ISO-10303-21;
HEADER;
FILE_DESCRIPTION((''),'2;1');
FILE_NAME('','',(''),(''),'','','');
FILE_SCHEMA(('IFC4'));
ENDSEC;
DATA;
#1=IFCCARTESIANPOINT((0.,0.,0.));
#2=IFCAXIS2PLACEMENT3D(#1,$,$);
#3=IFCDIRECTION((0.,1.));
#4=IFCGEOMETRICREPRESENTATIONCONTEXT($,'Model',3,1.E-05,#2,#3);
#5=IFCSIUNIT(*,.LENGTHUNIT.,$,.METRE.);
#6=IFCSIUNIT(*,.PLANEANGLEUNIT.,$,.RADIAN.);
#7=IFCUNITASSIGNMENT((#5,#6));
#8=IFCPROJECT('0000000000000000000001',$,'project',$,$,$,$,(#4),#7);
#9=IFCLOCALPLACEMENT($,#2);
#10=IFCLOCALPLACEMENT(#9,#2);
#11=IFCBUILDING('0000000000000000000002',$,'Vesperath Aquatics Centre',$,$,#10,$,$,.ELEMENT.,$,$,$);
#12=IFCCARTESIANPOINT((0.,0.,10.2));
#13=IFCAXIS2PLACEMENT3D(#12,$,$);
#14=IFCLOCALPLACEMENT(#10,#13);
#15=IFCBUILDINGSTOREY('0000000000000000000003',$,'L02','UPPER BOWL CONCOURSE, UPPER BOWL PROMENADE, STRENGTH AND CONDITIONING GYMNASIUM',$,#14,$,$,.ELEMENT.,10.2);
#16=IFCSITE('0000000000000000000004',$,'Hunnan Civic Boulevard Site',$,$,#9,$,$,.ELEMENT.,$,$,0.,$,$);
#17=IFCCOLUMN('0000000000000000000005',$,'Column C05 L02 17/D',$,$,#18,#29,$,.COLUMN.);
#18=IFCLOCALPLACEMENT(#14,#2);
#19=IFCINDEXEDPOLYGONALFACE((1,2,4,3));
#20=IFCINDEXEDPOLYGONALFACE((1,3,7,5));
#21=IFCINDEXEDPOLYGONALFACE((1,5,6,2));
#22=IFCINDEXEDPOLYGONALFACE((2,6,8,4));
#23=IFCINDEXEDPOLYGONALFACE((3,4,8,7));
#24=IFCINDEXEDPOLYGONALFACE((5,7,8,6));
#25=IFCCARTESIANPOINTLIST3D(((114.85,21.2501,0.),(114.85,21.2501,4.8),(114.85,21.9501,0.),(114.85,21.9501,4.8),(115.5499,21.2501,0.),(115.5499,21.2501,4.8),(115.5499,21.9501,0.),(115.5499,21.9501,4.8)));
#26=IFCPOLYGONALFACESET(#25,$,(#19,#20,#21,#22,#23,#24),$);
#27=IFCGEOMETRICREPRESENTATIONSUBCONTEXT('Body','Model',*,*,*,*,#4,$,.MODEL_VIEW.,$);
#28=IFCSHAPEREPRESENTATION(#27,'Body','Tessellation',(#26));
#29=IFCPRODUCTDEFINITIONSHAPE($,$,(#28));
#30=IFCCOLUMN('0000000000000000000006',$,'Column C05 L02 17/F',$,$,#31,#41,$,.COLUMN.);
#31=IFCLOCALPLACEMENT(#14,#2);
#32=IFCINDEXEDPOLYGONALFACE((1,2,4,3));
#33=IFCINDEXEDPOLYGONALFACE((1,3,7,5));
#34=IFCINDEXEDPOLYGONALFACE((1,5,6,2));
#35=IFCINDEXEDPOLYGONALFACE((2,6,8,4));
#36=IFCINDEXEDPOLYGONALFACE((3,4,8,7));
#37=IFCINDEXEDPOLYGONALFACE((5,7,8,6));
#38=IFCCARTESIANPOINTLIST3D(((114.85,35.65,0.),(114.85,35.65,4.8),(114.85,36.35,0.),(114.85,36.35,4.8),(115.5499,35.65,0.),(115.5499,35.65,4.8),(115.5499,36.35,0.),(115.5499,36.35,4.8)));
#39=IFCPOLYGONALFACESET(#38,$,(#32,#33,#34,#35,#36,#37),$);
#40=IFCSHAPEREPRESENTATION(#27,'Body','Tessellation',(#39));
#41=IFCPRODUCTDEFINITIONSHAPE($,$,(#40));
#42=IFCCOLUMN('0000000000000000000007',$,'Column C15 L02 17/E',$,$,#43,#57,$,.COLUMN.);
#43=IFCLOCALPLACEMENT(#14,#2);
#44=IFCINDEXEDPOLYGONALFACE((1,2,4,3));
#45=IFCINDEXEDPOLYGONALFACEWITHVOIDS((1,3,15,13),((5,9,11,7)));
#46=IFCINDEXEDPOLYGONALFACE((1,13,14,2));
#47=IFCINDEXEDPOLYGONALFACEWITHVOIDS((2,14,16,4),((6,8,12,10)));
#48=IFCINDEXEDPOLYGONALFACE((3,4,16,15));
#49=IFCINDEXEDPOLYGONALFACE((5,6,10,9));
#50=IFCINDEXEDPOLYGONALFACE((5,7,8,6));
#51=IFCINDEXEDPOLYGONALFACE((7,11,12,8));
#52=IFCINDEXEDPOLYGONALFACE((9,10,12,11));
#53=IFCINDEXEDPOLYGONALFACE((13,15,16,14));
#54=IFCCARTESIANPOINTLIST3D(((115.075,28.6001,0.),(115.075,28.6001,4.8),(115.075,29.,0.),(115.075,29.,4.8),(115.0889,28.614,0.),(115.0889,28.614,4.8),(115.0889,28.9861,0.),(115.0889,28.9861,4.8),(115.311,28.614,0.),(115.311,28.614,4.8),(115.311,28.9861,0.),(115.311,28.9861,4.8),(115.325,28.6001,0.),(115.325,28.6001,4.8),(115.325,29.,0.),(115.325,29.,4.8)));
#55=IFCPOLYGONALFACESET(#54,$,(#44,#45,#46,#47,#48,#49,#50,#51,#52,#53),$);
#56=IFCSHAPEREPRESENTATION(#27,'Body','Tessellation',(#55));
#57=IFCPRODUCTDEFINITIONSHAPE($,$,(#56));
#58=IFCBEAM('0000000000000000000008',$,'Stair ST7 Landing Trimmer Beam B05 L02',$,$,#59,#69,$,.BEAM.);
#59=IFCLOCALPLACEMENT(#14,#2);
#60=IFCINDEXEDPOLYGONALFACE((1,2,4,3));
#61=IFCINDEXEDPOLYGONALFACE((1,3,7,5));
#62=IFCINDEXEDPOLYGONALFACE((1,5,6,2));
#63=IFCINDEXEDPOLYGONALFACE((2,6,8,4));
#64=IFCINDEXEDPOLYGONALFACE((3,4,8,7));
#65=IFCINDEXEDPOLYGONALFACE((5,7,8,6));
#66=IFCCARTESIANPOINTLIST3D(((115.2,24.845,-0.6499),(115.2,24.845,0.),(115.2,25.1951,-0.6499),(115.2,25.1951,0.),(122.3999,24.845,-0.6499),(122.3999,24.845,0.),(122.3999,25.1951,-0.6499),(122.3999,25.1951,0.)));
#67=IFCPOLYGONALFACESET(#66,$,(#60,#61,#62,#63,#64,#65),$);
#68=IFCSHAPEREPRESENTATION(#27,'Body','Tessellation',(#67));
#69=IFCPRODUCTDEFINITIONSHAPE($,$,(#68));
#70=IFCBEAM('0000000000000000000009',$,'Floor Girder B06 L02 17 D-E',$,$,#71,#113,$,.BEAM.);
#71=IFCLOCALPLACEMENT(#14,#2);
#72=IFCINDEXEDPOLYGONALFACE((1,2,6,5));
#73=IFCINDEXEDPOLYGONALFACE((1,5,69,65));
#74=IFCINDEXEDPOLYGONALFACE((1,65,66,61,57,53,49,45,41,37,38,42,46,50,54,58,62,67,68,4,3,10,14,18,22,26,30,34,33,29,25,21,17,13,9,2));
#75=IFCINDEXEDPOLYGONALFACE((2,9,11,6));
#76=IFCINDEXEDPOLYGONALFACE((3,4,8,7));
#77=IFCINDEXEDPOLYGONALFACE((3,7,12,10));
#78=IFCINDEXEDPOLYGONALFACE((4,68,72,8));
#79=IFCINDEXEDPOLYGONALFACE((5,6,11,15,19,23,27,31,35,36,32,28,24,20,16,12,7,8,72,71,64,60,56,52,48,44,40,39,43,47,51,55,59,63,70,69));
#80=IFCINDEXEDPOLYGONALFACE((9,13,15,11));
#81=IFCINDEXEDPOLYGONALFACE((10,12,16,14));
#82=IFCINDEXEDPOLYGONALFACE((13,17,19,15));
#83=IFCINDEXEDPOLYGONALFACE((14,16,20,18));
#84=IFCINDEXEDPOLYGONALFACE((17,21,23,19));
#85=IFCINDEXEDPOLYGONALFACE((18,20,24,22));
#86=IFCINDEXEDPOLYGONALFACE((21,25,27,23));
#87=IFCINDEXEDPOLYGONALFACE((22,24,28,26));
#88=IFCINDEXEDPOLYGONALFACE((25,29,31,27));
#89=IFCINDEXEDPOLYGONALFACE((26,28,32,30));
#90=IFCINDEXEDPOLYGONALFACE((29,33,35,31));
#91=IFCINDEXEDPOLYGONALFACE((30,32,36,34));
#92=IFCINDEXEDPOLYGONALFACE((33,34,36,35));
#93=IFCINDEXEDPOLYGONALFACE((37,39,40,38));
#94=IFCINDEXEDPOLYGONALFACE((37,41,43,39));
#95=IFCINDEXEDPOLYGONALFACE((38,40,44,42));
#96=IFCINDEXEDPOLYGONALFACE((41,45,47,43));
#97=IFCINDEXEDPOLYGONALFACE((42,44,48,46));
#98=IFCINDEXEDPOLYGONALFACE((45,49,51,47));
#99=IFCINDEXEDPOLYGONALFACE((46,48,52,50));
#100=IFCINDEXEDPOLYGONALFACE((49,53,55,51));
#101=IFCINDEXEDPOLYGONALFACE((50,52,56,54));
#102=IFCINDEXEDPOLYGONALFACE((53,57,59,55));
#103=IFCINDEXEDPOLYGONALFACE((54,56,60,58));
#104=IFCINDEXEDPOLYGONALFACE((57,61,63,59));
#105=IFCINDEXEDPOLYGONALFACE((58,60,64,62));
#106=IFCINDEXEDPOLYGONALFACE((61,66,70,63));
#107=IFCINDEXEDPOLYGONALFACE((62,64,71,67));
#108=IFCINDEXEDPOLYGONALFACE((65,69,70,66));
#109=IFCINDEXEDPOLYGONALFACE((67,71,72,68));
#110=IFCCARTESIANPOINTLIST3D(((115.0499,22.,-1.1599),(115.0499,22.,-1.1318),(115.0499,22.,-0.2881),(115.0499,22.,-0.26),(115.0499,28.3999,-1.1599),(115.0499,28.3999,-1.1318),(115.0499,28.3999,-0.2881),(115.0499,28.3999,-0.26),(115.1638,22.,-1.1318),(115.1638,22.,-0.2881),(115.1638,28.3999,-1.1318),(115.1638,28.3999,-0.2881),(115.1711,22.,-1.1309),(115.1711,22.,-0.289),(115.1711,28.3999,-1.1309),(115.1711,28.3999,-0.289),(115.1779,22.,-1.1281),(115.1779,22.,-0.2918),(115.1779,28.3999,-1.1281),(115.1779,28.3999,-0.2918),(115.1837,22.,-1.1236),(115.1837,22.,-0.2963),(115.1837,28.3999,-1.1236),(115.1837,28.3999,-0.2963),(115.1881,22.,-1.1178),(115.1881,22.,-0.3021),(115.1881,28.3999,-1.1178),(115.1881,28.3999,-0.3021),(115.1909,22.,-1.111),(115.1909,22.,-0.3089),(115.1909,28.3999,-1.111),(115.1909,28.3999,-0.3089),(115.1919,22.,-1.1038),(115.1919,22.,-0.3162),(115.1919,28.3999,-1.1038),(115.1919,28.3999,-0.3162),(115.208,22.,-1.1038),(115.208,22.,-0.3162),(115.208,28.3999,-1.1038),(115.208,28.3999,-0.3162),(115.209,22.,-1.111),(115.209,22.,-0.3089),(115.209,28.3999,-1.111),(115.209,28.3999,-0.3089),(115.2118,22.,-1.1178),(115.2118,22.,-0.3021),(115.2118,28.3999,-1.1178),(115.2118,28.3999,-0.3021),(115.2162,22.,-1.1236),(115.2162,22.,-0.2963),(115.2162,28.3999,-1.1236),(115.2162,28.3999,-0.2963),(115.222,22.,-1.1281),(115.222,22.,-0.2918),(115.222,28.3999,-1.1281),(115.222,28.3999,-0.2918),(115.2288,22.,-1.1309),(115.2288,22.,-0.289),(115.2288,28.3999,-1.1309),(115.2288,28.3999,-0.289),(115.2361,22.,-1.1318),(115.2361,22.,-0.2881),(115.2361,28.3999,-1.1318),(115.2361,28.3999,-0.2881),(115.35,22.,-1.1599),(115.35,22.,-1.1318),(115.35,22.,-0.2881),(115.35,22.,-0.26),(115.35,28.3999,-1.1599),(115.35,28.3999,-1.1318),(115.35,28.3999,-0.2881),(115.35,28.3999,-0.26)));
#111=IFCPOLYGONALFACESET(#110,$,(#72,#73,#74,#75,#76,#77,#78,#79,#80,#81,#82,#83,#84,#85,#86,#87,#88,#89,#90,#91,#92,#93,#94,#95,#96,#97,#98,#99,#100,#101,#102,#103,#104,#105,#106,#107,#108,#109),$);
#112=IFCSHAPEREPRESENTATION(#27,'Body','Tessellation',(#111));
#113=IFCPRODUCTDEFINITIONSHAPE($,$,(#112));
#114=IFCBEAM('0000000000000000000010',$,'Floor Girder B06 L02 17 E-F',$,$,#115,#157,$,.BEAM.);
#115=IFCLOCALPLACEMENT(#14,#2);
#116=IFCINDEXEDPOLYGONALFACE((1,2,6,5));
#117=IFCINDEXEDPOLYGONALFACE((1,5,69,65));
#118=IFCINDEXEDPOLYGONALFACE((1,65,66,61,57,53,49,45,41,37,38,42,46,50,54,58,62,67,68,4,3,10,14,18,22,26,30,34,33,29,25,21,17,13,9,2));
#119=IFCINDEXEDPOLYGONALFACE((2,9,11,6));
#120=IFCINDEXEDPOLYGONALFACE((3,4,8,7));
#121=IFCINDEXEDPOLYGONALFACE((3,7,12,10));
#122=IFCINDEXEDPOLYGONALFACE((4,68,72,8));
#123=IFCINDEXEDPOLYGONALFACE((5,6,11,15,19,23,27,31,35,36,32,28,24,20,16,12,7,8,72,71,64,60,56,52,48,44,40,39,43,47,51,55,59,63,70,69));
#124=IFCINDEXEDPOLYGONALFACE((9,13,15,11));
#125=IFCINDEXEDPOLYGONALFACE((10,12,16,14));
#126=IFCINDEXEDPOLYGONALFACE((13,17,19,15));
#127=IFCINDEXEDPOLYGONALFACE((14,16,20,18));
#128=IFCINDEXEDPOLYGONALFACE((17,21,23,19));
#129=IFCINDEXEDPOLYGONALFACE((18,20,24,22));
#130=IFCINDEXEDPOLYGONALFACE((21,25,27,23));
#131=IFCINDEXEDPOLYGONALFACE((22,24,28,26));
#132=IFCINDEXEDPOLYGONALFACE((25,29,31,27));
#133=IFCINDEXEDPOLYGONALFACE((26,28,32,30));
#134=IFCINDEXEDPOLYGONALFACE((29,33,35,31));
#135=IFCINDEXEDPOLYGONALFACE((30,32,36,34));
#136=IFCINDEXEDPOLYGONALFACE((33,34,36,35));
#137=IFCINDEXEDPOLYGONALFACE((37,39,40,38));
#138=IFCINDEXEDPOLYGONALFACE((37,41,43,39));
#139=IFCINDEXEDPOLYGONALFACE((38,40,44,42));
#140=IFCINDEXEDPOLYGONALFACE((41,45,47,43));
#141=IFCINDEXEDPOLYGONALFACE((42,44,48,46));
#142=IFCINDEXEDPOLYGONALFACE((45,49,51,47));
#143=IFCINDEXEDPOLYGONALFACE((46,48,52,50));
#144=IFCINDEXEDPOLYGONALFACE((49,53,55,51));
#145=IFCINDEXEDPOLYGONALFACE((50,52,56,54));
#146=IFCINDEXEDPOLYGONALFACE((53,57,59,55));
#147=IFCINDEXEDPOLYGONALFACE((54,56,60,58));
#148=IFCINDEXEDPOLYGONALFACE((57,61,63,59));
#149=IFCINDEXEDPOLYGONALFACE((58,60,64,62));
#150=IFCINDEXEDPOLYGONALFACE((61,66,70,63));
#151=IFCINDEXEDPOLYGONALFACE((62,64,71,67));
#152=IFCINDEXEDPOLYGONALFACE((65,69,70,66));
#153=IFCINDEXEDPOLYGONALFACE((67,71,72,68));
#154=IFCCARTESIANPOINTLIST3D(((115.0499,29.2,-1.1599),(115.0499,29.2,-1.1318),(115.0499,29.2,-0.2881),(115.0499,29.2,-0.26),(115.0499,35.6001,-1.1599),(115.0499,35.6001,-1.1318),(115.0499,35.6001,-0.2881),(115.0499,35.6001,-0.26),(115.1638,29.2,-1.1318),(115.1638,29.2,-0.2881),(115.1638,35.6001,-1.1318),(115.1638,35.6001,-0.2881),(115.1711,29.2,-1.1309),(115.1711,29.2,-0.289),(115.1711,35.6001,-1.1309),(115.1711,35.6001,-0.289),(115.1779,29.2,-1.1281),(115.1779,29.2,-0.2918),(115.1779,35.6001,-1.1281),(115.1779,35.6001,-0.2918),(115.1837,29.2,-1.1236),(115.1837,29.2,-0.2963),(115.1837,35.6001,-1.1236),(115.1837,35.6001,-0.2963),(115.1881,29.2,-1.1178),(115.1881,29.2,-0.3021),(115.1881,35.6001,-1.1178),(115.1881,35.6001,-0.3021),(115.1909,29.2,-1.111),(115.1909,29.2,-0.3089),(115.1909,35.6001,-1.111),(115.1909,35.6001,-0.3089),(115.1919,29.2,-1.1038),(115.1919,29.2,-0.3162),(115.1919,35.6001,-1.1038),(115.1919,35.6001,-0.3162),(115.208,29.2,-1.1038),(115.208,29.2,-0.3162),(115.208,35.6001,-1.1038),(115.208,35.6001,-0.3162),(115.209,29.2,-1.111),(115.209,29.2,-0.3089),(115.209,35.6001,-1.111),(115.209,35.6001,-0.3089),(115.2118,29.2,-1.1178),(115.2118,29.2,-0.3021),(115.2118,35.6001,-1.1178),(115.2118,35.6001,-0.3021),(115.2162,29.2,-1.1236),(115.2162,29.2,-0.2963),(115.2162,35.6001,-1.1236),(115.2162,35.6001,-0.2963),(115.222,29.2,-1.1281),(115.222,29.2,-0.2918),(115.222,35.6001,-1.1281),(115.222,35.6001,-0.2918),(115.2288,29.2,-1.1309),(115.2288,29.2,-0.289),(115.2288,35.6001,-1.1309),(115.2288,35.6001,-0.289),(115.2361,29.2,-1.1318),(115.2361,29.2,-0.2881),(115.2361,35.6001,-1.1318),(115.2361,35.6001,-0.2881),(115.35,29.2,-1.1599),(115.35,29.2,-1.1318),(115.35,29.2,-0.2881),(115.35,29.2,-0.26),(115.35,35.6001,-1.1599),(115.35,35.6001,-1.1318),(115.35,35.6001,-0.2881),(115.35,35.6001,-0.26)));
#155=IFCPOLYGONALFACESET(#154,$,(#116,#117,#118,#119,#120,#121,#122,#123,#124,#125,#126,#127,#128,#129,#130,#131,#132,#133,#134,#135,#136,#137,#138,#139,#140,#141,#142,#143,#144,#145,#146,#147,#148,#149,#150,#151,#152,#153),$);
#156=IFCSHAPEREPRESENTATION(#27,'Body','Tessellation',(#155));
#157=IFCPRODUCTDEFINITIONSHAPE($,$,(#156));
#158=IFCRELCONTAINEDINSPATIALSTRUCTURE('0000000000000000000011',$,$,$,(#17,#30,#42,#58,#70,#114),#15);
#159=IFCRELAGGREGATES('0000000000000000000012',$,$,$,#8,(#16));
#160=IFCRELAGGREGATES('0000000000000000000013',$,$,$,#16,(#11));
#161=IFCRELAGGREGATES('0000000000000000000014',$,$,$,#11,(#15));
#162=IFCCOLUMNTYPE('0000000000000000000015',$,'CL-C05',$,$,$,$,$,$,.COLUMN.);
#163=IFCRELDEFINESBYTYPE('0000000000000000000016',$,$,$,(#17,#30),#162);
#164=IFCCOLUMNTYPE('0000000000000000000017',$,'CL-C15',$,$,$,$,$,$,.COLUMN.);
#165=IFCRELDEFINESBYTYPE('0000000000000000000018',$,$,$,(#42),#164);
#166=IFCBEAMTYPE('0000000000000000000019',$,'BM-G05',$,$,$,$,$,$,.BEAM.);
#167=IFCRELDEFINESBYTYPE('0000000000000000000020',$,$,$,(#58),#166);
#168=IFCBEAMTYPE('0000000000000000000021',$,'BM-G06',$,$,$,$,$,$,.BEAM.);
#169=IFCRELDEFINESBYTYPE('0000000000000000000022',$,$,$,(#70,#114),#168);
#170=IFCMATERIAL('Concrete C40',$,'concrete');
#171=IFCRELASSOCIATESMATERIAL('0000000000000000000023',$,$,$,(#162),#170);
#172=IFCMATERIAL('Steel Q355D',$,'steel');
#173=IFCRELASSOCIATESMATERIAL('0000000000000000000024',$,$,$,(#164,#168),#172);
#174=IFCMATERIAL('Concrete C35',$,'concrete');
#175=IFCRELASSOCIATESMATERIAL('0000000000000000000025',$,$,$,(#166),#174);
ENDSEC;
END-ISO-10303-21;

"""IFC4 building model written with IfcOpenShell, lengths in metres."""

from ifc_helpers import new_model, si_unit, direction, frame, origin, origin_2d, place, context, subcontext, project, spatial, rectangle, hollow_rectangle, i_section, extrude, material, material_profile, profile_set, type_object, element, save


model = new_model("IFC4")

# Units and contexts
model_context = context("Model", 3, precision=1e-05, world=origin(), true_north=direction((0.0, 1.0)))
body_context = subcontext(model_context, "Body", "Model", "MODEL_VIEW")
ifc_project = project(units=[si_unit("LENGTHUNIT", "METRE"), si_unit("PLANEANGLEUNIT", "RADIAN")], contexts=[model_context])

# Site, building, storey
site_placement = place(None, origin())
site = spatial("IfcSite", under=ifc_project, at=site_placement, Name="Hunnan Civic Boulevard Site", CompositionType="ELEMENT", RefElevation=0.0)
building_placement = place(site_placement, origin())
building = spatial("IfcBuilding", under=site, at=building_placement, Name="Vesperath Aquatics Centre", CompositionType="ELEMENT")
storey_placement = place(building_placement, frame((0.0, 0.0, 10.2)))
storey = spatial("IfcBuildingStorey", under=building, at=storey_placement, Name="L02", Description="UPPER BOWL CONCOURSE, UPPER BOWL PROMENADE, STRENGTH AND CONDITIONING GYMNASIUM", CompositionType="ELEMENT", Elevation=10.2)

# Columns
ifc_material_1 = material(Name="Concrete C40", Category="concrete")
ifc_material_profile_1 = material_profile(ifc_material_1, rectangle(XDim=0.7, YDim=0.7, at=origin_2d()), Name="RC 700x700")
ifc_profile_set_1 = profile_set([ifc_material_profile_1], Name="Concrete C40")
column_type_1 = type_object("IfcColumnType", Name="CL-C05", PredefinedType="COLUMN", material=ifc_profile_set_1)
for number, where, z_axis, x_axis, name in (
    (1, (115.2, 21.6001, 0.0), (0.0, 0.0, 1.0), (1.0, 0.0, 0.0), "Column C05 L02 17/D"),
    (2, (115.2, 36.0, 0.0), (0.0, 0.0, 1.0), (1.0, 0.0, 0.0), "Column C05 L02 17/F"),
):
    element("IfcColumn", number, at=place(storey_placement, frame(where, z_axis=z_axis, x_axis=x_axis)), inside=storey, type_object=column_type_1, Name=name, PredefinedType="COLUMN", context=body_context, shape_type="SweptSolid", body=[
        extrude(rectangle(XDim=0.7, YDim=0.7, at=origin_2d()), origin(), (0.0, 0.0, 1.0), 4.8),
    ])
ifc_material_2 = material(Name="Steel Q355D", Category="steel")
ifc_material_profile_2 = material_profile(ifc_material_2, hollow_rectangle(XDim=0.25, YDim=0.3999, WallThickness=0.0139, at=origin_2d()), Name="RHS 400x250x14")
ifc_profile_set_2 = profile_set([ifc_material_profile_2], Name="Steel Q355D")
column_type_2 = type_object("IfcColumnType", Name="CL-C15", PredefinedType="COLUMN", material=ifc_profile_set_2)
column_placement = place(storey_placement, frame((115.2, 28.8, 0.0), z_axis=(0.0, 0.0, 1.0), x_axis=(1.0, 0.0, 0.0)))
element("IfcColumn", 3, at=column_placement, inside=storey, type_object=column_type_2, Name="Column C15 L02 17/E", PredefinedType="COLUMN", context=body_context, shape_type="SweptSolid", body=[
    extrude(hollow_rectangle(XDim=0.25, YDim=0.3999, WallThickness=0.0139, at=origin_2d()), origin(), (0.0, 0.0, 1.0), 4.8),
])

# Beams
ifc_material_3 = material(Name="Concrete C35", Category="concrete")
ifc_material_profile_3 = material_profile(ifc_material_3, rectangle(XDim=0.3501, YDim=0.6499, at=origin_2d()), Name="RC 350x650")
ifc_profile_set_3 = profile_set([ifc_material_profile_3], Name="Concrete C35")
beam_type_1 = type_object("IfcBeamType", Name="BM-G05", PredefinedType="BEAM", material=ifc_profile_set_3)
beam_1_placement = place(storey_placement, frame((115.2, 25.02, -0.325), z_axis=(1.0, 0.0, 0.0), x_axis=(0.0, 1.0, 0.0)))
element("IfcBeam", 4, at=beam_1_placement, inside=storey, type_object=beam_type_1, Name="Stair ST7 Landing Trimmer Beam B05 L02", PredefinedType="BEAM", context=body_context, shape_type="SweptSolid", body=[
    extrude(rectangle(XDim=0.3501, YDim=0.6499, at=origin_2d()), origin(), (0.0, 0.0, 1.0), 7.2),
])
ifc_material_profile_4 = material_profile(ifc_material_2, i_section(OverallWidth=0.3, OverallDepth=0.8999, WebThickness=0.0161, FlangeThickness=0.0281, FilletRadius=0.0281, at=origin_2d()), Name="HN 900x300x16x28")
ifc_profile_set_4 = profile_set([ifc_material_profile_4], Name="Steel Q355D")
beam_type_2 = type_object("IfcBeamType", Name="BM-G06", PredefinedType="BEAM", material=ifc_profile_set_4)
beam_2_placement = place(storey_placement, frame((115.2, 22.0, -0.71), z_axis=(0.0, 1.0, 0.0), x_axis=(-1.0, 0.0, 0.0)))
element("IfcBeam", 5, at=beam_2_placement, inside=storey, type_object=beam_type_2, Name="Floor Girder B06 L02 17 D-E", PredefinedType="BEAM", context=body_context, shape_type="SweptSolid", body=[
    extrude(i_section(OverallWidth=0.3, OverallDepth=0.8999, WebThickness=0.0161, FlangeThickness=0.0281, FilletRadius=0.0281, at=origin_2d()), origin(), (0.0, 0.0, 1.0), 6.3999),
])
beam_3_placement = place(storey_placement, frame((115.2, 29.2, -0.71), z_axis=(0.0, 1.0, 0.0), x_axis=(-1.0, 0.0, 0.0)))
element("IfcBeam", 6, at=beam_3_placement, inside=storey, type_object=beam_type_2, Name="Floor Girder B06 L02 17 E-F", PredefinedType="BEAM", context=body_context, shape_type="SweptSolid", body=[
    extrude(i_section(OverallWidth=0.3, OverallDepth=0.8999, WebThickness=0.0161, FlangeThickness=0.0281, FilletRadius=0.0281, at=origin_2d()), origin(), (0.0, 0.0, 1.0), 6.4001),
])

save(model, "model.ifc")
